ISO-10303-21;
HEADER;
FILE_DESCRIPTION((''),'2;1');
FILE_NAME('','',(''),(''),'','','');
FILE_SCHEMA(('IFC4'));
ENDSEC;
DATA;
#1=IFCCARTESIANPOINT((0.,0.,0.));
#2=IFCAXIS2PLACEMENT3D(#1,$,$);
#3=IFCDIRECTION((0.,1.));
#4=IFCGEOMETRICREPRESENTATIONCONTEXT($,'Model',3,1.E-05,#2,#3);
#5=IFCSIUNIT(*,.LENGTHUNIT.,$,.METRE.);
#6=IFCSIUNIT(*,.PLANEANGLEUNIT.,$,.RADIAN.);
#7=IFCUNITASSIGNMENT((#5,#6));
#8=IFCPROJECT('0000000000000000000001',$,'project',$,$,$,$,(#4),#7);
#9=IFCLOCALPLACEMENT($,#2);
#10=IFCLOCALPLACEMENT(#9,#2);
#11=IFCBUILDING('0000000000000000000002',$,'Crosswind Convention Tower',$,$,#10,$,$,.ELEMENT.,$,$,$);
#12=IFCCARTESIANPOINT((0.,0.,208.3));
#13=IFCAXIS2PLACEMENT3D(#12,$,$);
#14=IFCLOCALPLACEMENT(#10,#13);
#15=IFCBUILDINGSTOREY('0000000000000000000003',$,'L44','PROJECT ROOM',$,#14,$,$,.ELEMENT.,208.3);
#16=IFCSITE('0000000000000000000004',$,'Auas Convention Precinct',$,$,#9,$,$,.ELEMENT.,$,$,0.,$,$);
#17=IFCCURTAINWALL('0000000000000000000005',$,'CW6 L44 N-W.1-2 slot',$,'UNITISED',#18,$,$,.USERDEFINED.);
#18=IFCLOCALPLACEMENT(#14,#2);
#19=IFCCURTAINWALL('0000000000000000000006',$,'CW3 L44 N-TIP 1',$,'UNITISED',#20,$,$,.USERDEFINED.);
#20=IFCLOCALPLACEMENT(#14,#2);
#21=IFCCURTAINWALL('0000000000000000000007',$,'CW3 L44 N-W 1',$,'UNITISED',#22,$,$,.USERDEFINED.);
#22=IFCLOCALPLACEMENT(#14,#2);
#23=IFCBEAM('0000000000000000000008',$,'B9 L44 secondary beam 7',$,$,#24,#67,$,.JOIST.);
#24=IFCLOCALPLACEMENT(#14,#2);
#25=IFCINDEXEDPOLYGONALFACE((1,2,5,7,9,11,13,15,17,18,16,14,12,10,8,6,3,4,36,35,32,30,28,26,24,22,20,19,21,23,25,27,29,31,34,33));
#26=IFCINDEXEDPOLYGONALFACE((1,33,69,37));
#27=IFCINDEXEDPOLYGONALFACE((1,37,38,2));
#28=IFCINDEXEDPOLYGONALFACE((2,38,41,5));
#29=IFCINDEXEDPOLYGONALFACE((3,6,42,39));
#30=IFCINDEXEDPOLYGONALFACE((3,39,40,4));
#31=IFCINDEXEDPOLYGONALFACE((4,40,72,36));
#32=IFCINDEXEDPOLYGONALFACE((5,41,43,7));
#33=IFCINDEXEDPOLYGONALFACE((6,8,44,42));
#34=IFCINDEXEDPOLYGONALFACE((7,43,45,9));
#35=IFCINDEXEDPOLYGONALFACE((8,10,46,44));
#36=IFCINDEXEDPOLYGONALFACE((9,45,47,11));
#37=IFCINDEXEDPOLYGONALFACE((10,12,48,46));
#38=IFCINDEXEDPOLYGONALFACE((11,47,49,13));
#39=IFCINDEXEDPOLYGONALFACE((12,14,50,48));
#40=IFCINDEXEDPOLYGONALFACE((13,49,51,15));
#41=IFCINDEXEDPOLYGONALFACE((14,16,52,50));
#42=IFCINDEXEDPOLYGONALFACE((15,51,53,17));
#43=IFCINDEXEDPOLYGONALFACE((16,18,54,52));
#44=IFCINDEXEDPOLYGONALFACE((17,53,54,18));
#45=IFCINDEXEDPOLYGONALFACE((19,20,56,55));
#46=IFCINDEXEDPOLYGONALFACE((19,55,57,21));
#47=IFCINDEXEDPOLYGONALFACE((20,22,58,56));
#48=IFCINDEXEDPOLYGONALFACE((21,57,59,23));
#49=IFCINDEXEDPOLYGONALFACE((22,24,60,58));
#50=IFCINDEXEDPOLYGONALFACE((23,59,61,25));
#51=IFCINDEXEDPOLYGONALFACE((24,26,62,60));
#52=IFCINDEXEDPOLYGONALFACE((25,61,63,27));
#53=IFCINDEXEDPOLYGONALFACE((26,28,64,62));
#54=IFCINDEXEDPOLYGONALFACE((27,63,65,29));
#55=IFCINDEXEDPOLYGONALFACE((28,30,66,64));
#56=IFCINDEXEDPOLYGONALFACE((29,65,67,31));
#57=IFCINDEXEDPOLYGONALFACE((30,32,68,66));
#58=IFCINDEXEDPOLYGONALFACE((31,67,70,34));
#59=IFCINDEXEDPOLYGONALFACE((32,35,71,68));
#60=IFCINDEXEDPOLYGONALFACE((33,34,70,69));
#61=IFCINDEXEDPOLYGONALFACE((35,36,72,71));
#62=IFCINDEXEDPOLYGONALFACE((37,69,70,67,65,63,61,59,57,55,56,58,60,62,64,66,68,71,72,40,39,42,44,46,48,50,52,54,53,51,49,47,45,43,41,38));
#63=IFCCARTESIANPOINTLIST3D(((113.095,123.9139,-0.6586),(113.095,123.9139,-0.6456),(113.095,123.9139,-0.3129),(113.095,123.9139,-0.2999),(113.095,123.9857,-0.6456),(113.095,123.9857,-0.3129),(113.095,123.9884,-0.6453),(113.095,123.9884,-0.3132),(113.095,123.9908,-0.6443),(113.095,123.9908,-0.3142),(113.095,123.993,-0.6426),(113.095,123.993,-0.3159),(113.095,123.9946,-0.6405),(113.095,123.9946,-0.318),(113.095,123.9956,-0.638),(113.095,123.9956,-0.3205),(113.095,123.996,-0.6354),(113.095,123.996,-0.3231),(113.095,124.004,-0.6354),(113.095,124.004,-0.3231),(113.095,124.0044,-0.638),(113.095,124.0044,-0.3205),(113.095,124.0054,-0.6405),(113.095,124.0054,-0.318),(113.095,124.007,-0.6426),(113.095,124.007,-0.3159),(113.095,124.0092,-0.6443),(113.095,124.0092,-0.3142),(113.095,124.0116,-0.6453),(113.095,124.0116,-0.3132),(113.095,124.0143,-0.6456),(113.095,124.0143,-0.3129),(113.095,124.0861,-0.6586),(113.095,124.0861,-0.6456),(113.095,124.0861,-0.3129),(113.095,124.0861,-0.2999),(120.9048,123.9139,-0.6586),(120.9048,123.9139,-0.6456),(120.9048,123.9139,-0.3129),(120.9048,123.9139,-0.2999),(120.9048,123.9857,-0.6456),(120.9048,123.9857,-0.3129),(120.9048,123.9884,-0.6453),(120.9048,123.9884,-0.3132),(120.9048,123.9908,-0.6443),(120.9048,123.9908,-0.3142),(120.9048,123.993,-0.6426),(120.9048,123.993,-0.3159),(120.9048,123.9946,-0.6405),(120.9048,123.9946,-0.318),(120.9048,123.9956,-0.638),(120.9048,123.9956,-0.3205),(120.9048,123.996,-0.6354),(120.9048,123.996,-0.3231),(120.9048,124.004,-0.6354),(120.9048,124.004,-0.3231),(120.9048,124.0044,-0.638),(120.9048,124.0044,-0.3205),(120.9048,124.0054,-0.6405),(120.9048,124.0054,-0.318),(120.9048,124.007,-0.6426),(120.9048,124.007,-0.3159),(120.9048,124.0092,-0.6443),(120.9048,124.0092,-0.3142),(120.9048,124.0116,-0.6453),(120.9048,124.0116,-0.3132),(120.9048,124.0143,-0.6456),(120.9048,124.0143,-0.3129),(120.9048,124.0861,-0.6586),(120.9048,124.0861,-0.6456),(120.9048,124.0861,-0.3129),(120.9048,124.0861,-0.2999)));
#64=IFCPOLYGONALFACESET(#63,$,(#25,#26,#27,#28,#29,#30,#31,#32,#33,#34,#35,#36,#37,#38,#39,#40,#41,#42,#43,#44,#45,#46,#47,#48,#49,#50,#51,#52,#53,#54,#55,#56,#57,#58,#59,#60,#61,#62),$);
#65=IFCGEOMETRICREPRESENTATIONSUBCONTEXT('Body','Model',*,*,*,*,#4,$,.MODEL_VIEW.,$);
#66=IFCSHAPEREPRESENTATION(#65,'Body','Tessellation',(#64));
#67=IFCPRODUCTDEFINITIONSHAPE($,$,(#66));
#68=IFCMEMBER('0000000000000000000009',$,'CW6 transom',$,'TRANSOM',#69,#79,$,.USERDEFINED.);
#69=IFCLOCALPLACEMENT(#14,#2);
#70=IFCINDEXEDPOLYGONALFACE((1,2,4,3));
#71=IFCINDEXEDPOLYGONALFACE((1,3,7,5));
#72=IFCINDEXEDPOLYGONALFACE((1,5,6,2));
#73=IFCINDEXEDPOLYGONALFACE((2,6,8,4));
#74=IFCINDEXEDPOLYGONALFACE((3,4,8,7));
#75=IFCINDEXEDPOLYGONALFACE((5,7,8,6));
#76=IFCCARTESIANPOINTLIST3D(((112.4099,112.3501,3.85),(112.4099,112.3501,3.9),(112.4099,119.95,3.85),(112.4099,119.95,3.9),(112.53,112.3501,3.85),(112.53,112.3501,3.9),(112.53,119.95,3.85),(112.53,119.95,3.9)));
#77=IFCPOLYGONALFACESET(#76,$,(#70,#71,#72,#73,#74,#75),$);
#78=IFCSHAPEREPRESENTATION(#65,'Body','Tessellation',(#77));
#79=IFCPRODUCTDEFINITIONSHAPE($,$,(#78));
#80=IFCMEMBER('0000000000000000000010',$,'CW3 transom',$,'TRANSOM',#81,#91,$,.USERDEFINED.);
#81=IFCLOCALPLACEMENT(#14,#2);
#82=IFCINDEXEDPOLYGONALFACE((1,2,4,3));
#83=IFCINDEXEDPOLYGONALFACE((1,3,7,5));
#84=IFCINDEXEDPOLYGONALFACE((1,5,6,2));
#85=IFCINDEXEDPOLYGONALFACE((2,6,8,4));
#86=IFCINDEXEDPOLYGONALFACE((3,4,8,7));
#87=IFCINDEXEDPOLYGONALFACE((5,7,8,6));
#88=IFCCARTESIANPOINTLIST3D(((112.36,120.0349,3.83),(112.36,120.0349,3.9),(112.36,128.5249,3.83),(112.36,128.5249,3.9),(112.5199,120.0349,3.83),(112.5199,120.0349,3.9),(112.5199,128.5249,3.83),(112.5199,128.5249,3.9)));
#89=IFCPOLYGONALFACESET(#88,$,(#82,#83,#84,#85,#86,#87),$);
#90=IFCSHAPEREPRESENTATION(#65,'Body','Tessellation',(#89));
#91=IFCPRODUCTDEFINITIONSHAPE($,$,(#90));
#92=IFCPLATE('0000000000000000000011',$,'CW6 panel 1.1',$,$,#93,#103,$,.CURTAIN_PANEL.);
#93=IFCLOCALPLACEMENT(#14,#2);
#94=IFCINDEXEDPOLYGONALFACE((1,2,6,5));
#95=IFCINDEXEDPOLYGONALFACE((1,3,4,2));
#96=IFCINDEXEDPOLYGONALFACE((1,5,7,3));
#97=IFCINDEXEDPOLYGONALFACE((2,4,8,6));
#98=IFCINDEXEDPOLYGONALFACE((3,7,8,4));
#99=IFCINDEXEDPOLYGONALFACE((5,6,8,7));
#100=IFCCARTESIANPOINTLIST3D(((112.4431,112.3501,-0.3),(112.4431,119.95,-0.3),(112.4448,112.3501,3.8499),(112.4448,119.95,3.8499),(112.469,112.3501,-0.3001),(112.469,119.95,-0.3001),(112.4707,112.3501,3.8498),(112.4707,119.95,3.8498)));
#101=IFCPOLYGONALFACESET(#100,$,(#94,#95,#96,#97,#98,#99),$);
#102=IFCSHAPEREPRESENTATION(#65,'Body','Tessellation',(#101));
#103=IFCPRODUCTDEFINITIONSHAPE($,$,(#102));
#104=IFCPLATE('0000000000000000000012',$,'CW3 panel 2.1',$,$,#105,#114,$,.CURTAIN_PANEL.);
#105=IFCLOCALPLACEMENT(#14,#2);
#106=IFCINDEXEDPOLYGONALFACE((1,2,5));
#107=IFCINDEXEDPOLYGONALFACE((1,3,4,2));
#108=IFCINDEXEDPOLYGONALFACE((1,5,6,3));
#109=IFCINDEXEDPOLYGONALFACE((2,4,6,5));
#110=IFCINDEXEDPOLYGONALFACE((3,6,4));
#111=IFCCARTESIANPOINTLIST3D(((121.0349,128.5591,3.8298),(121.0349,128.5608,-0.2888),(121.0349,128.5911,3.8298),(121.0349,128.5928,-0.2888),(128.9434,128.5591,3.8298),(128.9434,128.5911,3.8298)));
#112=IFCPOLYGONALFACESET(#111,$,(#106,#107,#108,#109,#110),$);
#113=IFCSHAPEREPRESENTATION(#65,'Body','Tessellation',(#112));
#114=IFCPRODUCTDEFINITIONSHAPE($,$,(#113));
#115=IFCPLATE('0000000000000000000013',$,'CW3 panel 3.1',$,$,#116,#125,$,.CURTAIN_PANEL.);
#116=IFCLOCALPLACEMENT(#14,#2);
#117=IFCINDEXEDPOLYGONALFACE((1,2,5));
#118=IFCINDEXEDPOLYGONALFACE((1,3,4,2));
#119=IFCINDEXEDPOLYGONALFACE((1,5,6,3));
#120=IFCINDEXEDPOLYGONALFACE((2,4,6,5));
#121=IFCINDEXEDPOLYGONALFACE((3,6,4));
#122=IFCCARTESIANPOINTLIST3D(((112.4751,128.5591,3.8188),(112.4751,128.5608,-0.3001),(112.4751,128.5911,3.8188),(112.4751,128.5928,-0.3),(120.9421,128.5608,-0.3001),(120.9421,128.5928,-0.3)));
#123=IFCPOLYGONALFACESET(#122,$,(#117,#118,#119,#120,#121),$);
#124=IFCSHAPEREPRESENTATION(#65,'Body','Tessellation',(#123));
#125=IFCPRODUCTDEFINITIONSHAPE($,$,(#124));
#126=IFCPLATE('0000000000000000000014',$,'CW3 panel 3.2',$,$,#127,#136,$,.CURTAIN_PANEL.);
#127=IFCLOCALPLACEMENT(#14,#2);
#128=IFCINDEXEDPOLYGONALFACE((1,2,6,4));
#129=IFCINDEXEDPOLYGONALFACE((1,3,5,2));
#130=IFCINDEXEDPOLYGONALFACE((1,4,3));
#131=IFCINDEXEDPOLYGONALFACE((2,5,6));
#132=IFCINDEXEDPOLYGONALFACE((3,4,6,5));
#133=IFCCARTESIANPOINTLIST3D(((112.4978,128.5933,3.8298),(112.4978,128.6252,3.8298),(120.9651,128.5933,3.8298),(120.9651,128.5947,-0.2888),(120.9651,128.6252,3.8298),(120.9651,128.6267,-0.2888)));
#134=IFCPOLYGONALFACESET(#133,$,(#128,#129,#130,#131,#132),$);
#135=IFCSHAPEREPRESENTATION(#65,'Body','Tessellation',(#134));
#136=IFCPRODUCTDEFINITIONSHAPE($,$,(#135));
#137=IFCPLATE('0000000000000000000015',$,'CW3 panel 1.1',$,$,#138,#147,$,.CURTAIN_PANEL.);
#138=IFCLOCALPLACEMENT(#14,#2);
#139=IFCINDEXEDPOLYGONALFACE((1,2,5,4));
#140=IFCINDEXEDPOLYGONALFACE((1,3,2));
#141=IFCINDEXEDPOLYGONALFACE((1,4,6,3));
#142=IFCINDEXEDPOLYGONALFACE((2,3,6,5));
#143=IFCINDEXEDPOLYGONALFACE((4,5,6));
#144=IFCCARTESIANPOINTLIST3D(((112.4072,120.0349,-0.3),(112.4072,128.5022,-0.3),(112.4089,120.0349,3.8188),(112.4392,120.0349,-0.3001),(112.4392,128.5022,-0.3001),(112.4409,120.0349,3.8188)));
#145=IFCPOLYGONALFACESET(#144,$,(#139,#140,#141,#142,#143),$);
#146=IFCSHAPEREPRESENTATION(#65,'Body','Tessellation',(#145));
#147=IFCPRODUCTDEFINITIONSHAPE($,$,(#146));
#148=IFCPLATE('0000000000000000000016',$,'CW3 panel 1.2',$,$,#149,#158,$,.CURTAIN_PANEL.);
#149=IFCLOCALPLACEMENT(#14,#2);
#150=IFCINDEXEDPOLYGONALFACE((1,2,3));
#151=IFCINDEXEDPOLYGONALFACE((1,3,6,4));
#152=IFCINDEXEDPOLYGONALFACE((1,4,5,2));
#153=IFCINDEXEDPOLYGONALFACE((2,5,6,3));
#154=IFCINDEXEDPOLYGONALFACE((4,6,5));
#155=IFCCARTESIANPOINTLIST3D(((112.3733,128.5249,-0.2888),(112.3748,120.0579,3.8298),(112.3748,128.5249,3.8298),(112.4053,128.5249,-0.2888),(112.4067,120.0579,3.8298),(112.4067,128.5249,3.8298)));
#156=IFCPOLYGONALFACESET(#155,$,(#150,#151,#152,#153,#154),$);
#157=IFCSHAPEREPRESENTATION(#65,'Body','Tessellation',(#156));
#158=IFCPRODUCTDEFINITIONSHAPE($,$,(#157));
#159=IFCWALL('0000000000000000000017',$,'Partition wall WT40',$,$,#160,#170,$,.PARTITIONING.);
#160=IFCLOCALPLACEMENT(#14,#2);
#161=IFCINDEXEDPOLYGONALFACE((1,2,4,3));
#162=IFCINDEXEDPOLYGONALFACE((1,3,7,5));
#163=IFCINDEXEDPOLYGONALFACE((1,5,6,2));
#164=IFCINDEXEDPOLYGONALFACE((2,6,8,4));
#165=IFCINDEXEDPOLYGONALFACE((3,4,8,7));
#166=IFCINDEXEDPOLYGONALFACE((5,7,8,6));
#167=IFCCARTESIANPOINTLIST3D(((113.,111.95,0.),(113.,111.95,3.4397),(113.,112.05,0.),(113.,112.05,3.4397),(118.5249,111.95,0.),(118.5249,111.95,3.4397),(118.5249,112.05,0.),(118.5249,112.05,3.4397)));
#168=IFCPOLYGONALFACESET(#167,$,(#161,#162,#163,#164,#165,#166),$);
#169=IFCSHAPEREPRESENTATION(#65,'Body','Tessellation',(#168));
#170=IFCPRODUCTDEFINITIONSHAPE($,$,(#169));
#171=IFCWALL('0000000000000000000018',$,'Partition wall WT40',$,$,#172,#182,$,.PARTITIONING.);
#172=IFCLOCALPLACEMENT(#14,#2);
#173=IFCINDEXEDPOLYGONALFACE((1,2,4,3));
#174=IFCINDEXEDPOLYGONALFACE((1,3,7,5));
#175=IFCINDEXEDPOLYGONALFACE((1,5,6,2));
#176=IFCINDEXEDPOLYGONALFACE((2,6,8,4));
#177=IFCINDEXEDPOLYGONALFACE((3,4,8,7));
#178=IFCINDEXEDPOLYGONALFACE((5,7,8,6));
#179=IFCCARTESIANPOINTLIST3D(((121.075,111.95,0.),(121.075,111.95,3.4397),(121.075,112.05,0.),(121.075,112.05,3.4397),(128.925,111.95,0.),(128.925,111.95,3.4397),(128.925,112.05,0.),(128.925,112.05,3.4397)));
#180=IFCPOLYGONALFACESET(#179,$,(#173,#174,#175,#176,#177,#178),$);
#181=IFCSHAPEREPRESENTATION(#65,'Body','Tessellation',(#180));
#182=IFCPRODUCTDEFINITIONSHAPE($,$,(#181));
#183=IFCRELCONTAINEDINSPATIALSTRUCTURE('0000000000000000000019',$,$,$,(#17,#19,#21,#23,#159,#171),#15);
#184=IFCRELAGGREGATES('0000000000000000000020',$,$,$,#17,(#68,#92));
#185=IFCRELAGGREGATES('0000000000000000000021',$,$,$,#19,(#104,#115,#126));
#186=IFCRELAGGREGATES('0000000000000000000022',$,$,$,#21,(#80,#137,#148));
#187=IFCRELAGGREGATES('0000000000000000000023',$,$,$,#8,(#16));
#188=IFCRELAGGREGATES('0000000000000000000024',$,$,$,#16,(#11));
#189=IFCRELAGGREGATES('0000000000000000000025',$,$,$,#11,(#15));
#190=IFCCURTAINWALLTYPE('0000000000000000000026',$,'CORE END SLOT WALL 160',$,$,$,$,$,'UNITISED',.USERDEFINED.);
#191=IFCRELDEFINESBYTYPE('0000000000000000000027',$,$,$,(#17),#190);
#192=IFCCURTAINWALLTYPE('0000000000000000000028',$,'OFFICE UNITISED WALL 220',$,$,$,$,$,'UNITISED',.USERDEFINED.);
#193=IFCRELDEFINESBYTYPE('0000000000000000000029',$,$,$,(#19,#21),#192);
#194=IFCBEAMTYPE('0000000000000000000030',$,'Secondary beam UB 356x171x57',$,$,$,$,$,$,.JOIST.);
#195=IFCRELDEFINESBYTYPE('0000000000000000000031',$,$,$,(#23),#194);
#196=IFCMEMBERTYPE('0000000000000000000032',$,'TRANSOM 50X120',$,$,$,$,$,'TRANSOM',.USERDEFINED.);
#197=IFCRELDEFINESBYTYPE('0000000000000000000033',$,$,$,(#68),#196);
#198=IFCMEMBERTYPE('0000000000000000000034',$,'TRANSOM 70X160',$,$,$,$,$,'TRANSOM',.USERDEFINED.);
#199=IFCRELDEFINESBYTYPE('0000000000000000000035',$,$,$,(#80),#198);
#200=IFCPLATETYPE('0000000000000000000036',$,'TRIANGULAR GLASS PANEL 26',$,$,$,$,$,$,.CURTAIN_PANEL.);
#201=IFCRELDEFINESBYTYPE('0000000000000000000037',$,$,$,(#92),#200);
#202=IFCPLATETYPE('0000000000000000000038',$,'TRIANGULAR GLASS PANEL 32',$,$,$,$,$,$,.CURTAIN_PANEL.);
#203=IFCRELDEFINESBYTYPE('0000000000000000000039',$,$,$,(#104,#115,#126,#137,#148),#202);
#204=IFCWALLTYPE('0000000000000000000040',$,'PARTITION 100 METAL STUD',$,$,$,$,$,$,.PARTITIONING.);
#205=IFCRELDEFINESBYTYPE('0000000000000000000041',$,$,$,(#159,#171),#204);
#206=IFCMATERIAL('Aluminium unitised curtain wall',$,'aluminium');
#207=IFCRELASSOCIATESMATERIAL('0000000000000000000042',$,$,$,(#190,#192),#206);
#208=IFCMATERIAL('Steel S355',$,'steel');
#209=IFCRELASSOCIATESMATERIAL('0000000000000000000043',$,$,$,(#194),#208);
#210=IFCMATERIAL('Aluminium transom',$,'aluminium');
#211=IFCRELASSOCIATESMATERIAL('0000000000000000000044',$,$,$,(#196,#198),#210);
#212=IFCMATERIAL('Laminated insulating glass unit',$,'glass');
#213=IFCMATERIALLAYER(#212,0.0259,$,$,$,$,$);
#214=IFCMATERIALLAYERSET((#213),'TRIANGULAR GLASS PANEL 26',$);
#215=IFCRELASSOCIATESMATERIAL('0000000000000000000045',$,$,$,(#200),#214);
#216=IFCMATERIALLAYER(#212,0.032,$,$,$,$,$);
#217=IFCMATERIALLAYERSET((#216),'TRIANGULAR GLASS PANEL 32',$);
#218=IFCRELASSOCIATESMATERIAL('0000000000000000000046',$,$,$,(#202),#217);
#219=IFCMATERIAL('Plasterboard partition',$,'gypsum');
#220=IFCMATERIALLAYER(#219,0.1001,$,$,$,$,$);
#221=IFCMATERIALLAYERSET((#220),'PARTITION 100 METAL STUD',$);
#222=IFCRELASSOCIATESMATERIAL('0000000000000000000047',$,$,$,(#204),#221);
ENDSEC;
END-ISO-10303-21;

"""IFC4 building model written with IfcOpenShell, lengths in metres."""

from ifc_helpers import new_model, si_unit, direction, frame, frame_2d, origin, origin_2d, place, context, subcontext, project, spatial, polyline, rectangle, i_section, outline, extrude, material, layer, layer_set, material_profile, profile_set, type_object, element, aggregate, save


model = new_model("IFC4")

# Units and contexts
model_context = context("Model", 3, precision=1e-05, world=origin(), true_north=direction((0.0, 1.0)))
body_context = subcontext(model_context, "Body", "Model", "MODEL_VIEW")
ifc_project = project(units=[si_unit("LENGTHUNIT", "METRE"), si_unit("PLANEANGLEUNIT", "RADIAN")], contexts=[model_context])

# Site, building, storey
site_placement = place(None, origin())
site = spatial("IfcSite", under=ifc_project, at=site_placement, Name="Auas Convention Precinct", CompositionType="ELEMENT", RefElevation=0.0)
building_placement = place(site_placement, origin())
building = spatial("IfcBuilding", under=site, at=building_placement, Name="Crosswind Convention Tower", CompositionType="ELEMENT")
storey_placement = place(building_placement, frame((0.0, 0.0, 208.3)))
storey = spatial("IfcBuildingStorey", under=building, at=storey_placement, Name="L44", Description="PROJECT ROOM", CompositionType="ELEMENT", Elevation=208.3)

# Shared definitions
ifc_material_1 = material(Name="Steel S355", Category="steel")

# Curtain walls
ifc_material_2 = material(Name="Aluminium unitised curtain wall", Category="aluminium")
curtain_wall_type_1 = type_object("IfcCurtainWallType", Name="CORE END SLOT WALL 160", ElementType="UNITISED", PredefinedType="USERDEFINED", material=ifc_material_2)
curtain_wall_1_placement = place(storey_placement, origin())
curtain_wall_1 = element("IfcCurtainWall", 1, at=curtain_wall_1_placement, inside=storey, type_object=curtain_wall_type_1, Name="CW6 L44 N-W.1-2 slot", ObjectType="UNITISED", PredefinedType="USERDEFINED")
curtain_wall_type_2 = type_object("IfcCurtainWallType", Name="OFFICE UNITISED WALL 220", ElementType="UNITISED", PredefinedType="USERDEFINED", material=ifc_material_2)
curtain_wall_2_placement = place(storey_placement, origin())
curtain_wall_2 = element("IfcCurtainWall", 2, at=curtain_wall_2_placement, inside=storey, type_object=curtain_wall_type_2, Name="CW3 L44 N-TIP 1", ObjectType="UNITISED", PredefinedType="USERDEFINED")

# Curtain wall
curtain_wall_3_placement = place(storey_placement, origin())
curtain_wall_3 = element("IfcCurtainWall", 3, at=curtain_wall_3_placement, inside=storey, type_object=curtain_wall_type_2, Name="CW3 L44 N-W 1", ObjectType="UNITISED", PredefinedType="USERDEFINED")

# Beam
ifc_material_profile_1 = material_profile(ifc_material_1, i_section(OverallWidth=0.1721, OverallDepth=0.3586, WebThickness=0.0081, FlangeThickness=0.0129, FilletRadius=0.0103, at=origin_2d()), Name="UB 356x171x57")
ifc_profile_set_1 = profile_set([ifc_material_profile_1], Name="Steel S355")
beam_type_1 = type_object("IfcBeamType", Name="Secondary beam UB 356x171x57", PredefinedType="JOIST", material=ifc_profile_set_1)
for number, where, z_axis, x_axis, name in (
    (4, (113.095, 124.0, -0.4792), (1.0, 0.0, 0.0), (0.0, 1.0, 0.0), "B9 L44 secondary beam 7"),
):
    element("IfcBeam", number, at=place(storey_placement, frame(where, z_axis=z_axis, x_axis=x_axis)), inside=storey, type_object=beam_type_1, Name=name, PredefinedType="JOIST", context=body_context, shape_type="SweptSolid", body=[
        extrude(i_section(OverallWidth=0.1721, OverallDepth=0.3586, WebThickness=0.0081, FlangeThickness=0.0129, FilletRadius=0.0103, at=origin_2d()), origin(), (0.0, 0.0, 1.0), 7.8098),
    ])

# Members
ifc_material_3 = material(Name="Aluminium transom", Category="aluminium")
ifc_material_profile_2 = material_profile(ifc_material_3, rectangle(XDim=0.1201, YDim=0.05, at=origin_2d()), Name="AL 120X50")
ifc_profile_set_2 = profile_set([ifc_material_profile_2], Name="Aluminium transom")
member_type_1 = type_object("IfcMemberType", Name="TRANSOM 50X120", ElementType="TRANSOM", PredefinedType="USERDEFINED", material=ifc_profile_set_2)
member_1_placement = place(storey_placement, frame((112.47, 119.95, 3.875), z_axis=(0.0, -1.0, 0.0), x_axis=(1.0, 0.0, 0.0)))
member_1 = element("IfcMember", 5, at=member_1_placement, type_object=member_type_1, Name="CW6 transom", ObjectType="TRANSOM", PredefinedType="USERDEFINED", context=body_context, shape_type="SweptSolid", body=[
    extrude(rectangle(XDim=0.1201, YDim=0.05, at=origin_2d()), origin(), (0.0, 0.0, 1.0), 7.5999),
])
ifc_material_profile_3 = material_profile(ifc_material_3, rectangle(XDim=0.1599, YDim=0.0701, at=origin_2d()), Name="AL 160X70")
ifc_profile_set_3 = profile_set([ifc_material_profile_3], Name="Aluminium transom")
member_type_2 = type_object("IfcMemberType", Name="TRANSOM 70X160", ElementType="TRANSOM", PredefinedType="USERDEFINED", material=ifc_profile_set_3)
member_2_placement = place(storey_placement, frame((112.4399, 128.5249, 3.865), z_axis=(0.0, -1.0, 0.0), x_axis=(1.0, 0.0, 0.0)))
member_2 = element("IfcMember", 6, at=member_2_placement, type_object=member_type_2, Name="CW3 transom", ObjectType="TRANSOM", PredefinedType="USERDEFINED", context=body_context, shape_type="SweptSolid", body=[
    extrude(rectangle(XDim=0.1599, YDim=0.0701, at=origin_2d()), origin(), (0.0, 0.0, 1.0), 8.49),
])

# Plates
ifc_material_4 = material(Name="Laminated insulating glass unit", Category="glass")
ifc_layer_1 = layer(ifc_material_4, 0.0259)
ifc_layer_set_1 = layer_set([ifc_layer_1], Name="TRIANGULAR GLASS PANEL 26")
plate_type_1 = type_object("IfcPlateType", Name="TRIANGULAR GLASS PANEL 26", PredefinedType="CURTAIN_PANEL", material=ifc_layer_set_1)
plate_1_placement = place(storey_placement, frame((112.4431, 119.95, -0.3), z_axis=(-1.0, 0.0, 0.000412), x_axis=(0.0, -1.0, 0.0)))
plate_1 = element("IfcPlate", 7, at=plate_1_placement, type_object=plate_type_1, Name="CW6 panel 1.1", PredefinedType="CURTAIN_PANEL", context=body_context, shape_type="SweptSolid", body=[
    extrude(outline(polyline([(0.0, 0.0), (7.5999, 0.0), (7.5999, 4.1499), (0.0, 4.1499), (0.0, 0.0)])), origin(), (0.0, 0.0, -1.0), 0.0259),
])
aggregate(curtain_wall_1, [member_1, plate_1])
ifc_layer_2 = layer(ifc_material_4, 0.032)
ifc_layer_set_2 = layer_set([ifc_layer_2], Name="TRIANGULAR GLASS PANEL 32")
plate_type_2 = type_object("IfcPlateType", Name="TRIANGULAR GLASS PANEL 32", PredefinedType="CURTAIN_PANEL", material=ifc_layer_set_2)
plate_2_placement = place(storey_placement, frame((121.0349, 128.5911, 3.8298), z_axis=(0.0, 1.0, 0.000415), x_axis=(1.0, 0.0, 0.0)))
plate_2 = element("IfcPlate", 8, at=plate_2_placement, type_object=plate_type_2, Name="CW3 panel 2.1", PredefinedType="CURTAIN_PANEL", context=body_context, shape_type="SweptSolid", body=[
    extrude(outline(polyline([(0.0, 0.0), (7.9084, 0.0), (0.0, 4.1187), (0.0, 0.0)])), origin(), (0.0, 0.0, -1.0), 0.032),
])
plate_3_placement = place(storey_placement, frame((112.4751, 128.5928, -0.3), z_axis=(0.0, 1.0, 0.000415), x_axis=(0.0, -0.000415, 1.0)))
plate_3 = element("IfcPlate", 9, at=plate_3_placement, type_object=plate_type_2, Name="CW3 panel 3.1", PredefinedType="CURTAIN_PANEL", context=body_context, shape_type="SweptSolid", body=[
    extrude(outline(polyline([(0.0, 0.0), (4.1189, 0.0), (0.0, 8.467), (0.0, 0.0)])), origin(), (0.0, 0.0, -1.0), 0.032),
])
plate_4_placement = place(storey_placement, frame((120.9651, 128.6252, 3.8298), z_axis=(0.0, 1.0, 0.000356), x_axis=(0.0, 0.000356, -1.0)))
plate_4 = element("IfcPlate", 10, at=plate_4_placement, type_object=plate_type_2, Name="CW3 panel 3.2", PredefinedType="CURTAIN_PANEL", context=body_context, shape_type="SweptSolid", body=[
    extrude(outline(polyline([(0.0, 0.0), (4.1187, 0.0), (0.0, 8.4673), (0.0, 0.0)])), origin(), (0.0, 0.0, -1.0), 0.032),
])
aggregate(curtain_wall_2, [plate_2, plate_3, plate_4])
plate_5_placement = place(storey_placement, frame((112.4072, 120.0349, -0.3), z_axis=(-1.0, 0.0, 0.000415), x_axis=(0.000415, 0.0, 1.0)))
plate_5 = element("IfcPlate", 11, at=plate_5_placement, type_object=plate_type_2, Name="CW3 panel 1.1", PredefinedType="CURTAIN_PANEL", context=body_context, shape_type="SweptSolid", body=[
    extrude(outline(polyline([(0.0, 0.0), (4.1189, 0.0), (0.0, 8.4673), (0.0, 0.0)])), origin(), (0.0, 0.0, -1.0), 0.032),
])
plate_6_placement = place(storey_placement, frame((112.3748, 128.5249, 3.8298), z_axis=(-1.0, 0.0, 0.000356), x_axis=(-0.000356, 0.0, -1.0)))
plate_6 = element("IfcPlate", 12, at=plate_6_placement, type_object=plate_type_2, Name="CW3 panel 1.2", PredefinedType="CURTAIN_PANEL", context=body_context, shape_type="SweptSolid", body=[
    extrude(outline(polyline([(0.0, 0.0), (4.1187, 0.0), (0.0, 8.467), (0.0, 0.0)])), origin(), (0.0, 0.0, -1.0), 0.032),
])

# Walls
ifc_material_5 = material(Name="Plasterboard partition", Category="gypsum")
ifc_layer_3 = layer(ifc_material_5, 0.1001)
ifc_layer_set_3 = layer_set([ifc_layer_3], Name="PARTITION 100 METAL STUD")
wall_type_1 = type_object("IfcWallType", Name="PARTITION 100 METAL STUD", PredefinedType="PARTITIONING", material=ifc_layer_set_3)
wall_1_placement = place(storey_placement, frame((113.0, 112.0, 0.0), z_axis=(0.0, 0.0, 1.0), x_axis=(1.0, 0.0, 0.0)))
element("IfcWall", 13, at=wall_1_placement, inside=storey, type_object=wall_type_1, Name="Partition wall WT40", PredefinedType="PARTITIONING", context=body_context, shape_type="SweptSolid", body=[
    extrude(rectangle(XDim=5.5249, YDim=0.1001, at=frame_2d((2.7625, 0.0))), origin(), (0.0, 0.0, 1.0), 3.4397),
])
wall_2_placement = place(storey_placement, frame((121.075, 112.0, 0.0), z_axis=(0.0, 0.0, 1.0), x_axis=(1.0, 0.0, 0.0)))
element("IfcWall", 14, at=wall_2_placement, inside=storey, type_object=wall_type_1, Name="Partition wall WT40", PredefinedType="PARTITIONING", context=body_context, shape_type="SweptSolid", body=[
    extrude(rectangle(XDim=7.8501, YDim=0.1001, at=frame_2d((3.925, 0.0))), origin(), (0.0, 0.0, 1.0), 3.4397),
])

aggregate(curtain_wall_3, [member_2, plate_5, plate_6])

save(model, "model.ifc")
